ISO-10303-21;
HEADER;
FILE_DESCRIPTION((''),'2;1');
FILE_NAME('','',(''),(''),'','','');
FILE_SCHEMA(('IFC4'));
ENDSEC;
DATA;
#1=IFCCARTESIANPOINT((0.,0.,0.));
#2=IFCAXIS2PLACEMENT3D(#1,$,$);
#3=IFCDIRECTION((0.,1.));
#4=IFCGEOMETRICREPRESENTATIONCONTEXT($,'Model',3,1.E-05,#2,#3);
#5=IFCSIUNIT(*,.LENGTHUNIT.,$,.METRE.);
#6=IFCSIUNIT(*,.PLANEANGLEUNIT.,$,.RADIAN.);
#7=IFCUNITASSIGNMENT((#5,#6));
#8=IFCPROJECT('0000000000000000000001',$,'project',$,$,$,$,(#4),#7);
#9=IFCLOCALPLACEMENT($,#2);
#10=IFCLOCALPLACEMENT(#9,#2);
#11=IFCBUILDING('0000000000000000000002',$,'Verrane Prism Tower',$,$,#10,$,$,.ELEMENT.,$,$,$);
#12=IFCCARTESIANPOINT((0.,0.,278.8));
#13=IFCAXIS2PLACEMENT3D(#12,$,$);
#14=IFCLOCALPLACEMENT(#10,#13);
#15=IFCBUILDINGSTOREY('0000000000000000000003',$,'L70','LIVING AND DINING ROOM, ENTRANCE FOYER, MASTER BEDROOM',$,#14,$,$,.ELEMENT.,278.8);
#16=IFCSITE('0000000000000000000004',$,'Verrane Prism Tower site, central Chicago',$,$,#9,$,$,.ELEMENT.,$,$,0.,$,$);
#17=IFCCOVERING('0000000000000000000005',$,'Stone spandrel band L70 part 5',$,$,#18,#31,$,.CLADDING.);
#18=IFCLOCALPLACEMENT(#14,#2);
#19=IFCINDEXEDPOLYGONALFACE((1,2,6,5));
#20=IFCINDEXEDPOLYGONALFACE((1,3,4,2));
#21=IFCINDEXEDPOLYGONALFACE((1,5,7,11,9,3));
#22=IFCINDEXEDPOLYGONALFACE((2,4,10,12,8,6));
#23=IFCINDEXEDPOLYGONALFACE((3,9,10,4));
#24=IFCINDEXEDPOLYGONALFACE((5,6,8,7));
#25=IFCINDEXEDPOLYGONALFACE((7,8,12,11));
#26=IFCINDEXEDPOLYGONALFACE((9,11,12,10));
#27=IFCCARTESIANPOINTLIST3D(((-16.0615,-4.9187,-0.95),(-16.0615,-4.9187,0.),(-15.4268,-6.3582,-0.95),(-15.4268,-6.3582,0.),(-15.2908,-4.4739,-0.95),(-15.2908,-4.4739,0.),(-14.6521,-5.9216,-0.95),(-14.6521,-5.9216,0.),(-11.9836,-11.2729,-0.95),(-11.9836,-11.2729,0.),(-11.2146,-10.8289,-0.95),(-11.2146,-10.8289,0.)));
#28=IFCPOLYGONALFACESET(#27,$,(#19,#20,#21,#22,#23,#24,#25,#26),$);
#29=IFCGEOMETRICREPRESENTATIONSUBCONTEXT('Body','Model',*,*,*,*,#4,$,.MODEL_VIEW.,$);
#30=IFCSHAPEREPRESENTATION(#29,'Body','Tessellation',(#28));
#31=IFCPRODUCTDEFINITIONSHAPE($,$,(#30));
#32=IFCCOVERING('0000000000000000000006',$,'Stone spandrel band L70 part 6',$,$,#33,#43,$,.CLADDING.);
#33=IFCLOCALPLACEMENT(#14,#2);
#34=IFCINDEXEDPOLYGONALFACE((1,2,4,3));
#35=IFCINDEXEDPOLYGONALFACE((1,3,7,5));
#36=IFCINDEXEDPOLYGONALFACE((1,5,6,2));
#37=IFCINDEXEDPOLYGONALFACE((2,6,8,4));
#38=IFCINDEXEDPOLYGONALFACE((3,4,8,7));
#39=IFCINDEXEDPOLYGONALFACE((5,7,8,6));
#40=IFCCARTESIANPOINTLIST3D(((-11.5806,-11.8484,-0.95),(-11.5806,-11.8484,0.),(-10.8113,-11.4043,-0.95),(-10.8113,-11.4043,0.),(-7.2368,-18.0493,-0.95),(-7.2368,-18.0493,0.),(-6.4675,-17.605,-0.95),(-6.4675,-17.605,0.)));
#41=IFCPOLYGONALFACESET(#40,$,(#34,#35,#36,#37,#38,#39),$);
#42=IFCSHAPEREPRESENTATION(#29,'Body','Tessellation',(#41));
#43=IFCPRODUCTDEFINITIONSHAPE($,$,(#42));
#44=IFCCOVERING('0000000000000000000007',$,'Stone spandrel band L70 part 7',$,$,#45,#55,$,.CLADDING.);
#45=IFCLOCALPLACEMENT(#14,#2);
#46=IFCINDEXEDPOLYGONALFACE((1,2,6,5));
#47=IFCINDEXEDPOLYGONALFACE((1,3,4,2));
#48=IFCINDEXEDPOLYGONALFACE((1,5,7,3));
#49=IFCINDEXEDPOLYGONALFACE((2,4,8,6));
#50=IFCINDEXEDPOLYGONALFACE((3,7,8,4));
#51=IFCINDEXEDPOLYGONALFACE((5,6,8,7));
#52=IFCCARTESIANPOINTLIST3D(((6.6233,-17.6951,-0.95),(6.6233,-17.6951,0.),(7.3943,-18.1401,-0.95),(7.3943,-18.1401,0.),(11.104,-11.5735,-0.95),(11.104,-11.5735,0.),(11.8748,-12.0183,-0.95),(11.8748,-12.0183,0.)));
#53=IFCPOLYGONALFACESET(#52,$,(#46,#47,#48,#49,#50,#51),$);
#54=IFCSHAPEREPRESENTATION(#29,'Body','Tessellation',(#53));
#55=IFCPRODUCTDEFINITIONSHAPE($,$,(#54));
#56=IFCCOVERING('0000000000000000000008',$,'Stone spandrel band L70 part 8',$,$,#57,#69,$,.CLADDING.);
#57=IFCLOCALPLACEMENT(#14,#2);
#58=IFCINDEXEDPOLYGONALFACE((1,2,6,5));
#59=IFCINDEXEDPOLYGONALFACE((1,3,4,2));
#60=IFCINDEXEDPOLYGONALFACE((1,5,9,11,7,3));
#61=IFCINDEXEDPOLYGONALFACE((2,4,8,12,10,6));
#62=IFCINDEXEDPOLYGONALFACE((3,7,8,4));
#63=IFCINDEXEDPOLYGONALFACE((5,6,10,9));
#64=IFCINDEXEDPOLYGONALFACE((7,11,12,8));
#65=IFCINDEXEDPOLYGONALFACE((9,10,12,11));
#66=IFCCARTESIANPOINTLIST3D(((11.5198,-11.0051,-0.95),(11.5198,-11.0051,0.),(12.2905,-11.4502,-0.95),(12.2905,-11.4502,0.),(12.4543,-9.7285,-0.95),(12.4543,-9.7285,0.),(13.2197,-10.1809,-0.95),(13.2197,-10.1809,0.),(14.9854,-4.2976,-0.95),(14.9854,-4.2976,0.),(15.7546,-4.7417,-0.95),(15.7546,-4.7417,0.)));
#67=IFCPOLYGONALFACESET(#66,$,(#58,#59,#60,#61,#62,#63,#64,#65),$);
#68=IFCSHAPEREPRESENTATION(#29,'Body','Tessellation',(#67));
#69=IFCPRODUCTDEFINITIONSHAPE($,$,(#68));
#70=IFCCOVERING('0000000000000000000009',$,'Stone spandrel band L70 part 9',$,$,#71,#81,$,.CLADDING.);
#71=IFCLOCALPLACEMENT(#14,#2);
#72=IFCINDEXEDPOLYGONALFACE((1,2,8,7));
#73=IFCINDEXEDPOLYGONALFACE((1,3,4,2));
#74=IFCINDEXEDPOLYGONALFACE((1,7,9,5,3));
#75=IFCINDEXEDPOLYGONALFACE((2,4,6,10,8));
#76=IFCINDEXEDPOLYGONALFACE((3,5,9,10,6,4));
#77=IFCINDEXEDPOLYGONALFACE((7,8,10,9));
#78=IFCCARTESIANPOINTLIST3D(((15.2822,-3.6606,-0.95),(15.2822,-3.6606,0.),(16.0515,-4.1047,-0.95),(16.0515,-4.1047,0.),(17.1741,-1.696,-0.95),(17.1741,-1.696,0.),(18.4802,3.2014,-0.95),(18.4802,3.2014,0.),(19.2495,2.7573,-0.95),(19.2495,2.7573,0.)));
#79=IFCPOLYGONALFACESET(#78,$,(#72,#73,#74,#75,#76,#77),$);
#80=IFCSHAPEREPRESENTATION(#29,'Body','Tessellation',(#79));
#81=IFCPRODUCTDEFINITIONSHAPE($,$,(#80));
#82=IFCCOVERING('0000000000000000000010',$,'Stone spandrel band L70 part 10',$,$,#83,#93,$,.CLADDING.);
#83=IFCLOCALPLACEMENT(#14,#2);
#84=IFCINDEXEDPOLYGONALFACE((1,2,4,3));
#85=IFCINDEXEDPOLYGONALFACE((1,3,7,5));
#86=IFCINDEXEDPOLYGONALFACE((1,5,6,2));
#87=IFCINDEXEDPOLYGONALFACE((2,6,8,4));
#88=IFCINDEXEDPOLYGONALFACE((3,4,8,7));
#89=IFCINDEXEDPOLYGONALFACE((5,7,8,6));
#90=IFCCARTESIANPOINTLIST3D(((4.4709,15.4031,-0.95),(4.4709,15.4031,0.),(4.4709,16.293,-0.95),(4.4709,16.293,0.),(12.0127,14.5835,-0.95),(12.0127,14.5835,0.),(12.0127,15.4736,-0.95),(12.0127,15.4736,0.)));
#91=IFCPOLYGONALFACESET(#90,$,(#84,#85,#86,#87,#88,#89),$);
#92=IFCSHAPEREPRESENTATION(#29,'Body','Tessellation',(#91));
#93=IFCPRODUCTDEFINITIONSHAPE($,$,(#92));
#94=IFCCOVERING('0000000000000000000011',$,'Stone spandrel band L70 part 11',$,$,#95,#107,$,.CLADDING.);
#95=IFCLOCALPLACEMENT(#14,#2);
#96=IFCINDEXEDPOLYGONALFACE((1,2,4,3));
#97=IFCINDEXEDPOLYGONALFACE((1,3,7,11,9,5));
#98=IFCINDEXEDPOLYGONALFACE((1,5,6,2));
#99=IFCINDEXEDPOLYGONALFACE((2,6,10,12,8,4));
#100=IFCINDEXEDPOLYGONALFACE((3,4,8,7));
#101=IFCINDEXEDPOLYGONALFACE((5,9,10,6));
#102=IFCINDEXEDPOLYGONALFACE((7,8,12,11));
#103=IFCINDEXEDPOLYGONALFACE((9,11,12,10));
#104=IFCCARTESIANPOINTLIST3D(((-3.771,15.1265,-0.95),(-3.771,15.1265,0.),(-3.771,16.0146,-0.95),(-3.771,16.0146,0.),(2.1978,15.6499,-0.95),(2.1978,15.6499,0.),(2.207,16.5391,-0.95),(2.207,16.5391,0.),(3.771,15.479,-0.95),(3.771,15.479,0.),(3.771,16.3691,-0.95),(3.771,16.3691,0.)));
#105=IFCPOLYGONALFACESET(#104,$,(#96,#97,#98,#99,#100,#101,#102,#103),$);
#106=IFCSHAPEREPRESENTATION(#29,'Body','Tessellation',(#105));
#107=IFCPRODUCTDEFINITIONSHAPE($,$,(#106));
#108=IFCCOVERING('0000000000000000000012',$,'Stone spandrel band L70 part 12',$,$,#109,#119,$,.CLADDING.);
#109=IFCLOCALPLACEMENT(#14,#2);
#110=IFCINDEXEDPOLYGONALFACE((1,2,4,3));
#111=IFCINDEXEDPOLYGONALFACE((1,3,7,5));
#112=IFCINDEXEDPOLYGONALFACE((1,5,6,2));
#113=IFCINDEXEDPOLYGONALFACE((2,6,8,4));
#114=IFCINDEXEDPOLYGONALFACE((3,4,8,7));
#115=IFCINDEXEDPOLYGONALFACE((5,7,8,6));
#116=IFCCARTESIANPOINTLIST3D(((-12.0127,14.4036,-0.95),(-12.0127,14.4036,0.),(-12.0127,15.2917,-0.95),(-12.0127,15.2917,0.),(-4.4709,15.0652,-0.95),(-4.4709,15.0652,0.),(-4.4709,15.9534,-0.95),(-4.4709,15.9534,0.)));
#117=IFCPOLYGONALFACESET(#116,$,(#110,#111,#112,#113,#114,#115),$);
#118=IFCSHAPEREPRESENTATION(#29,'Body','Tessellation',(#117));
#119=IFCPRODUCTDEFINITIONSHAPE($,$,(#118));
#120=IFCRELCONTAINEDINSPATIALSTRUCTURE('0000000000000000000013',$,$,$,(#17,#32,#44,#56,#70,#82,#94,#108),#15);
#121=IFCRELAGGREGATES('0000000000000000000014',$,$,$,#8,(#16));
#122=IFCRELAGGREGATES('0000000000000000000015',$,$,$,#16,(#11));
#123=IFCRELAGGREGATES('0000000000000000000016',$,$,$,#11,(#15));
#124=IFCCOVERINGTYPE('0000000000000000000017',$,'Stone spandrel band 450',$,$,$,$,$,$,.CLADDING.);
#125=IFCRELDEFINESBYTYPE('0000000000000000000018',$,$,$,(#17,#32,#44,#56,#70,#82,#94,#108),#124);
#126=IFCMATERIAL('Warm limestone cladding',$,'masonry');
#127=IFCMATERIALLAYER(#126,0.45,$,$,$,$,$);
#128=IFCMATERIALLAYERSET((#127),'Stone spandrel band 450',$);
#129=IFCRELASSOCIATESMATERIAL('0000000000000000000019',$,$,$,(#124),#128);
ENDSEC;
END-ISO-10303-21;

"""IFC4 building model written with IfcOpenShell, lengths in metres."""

from ifc_helpers import new_model, si_unit, direction, frame, origin, place, context, subcontext, project, spatial, polyline, outline, extrude, material, layer, layer_set, type_object, element, save


model = new_model("IFC4")

# Units and contexts
model_context = context("Model", 3, precision=1e-05, world=origin(), true_north=direction((0.0, 1.0)))
body_context = subcontext(model_context, "Body", "Model", "MODEL_VIEW")
ifc_project = project(units=[si_unit("LENGTHUNIT", "METRE"), si_unit("PLANEANGLEUNIT", "RADIAN")], contexts=[model_context])

# Site, building, storey
site_placement = place(None, origin())
site = spatial("IfcSite", under=ifc_project, at=site_placement, Name="Verrane Prism Tower site, central Chicago", CompositionType="ELEMENT", RefElevation=0.0)
building_placement = place(site_placement, origin())
building = spatial("IfcBuilding", under=site, at=building_placement, Name="Verrane Prism Tower", CompositionType="ELEMENT")
storey_placement = place(building_placement, frame((0.0, 0.0, 278.8)))
storey = spatial("IfcBuildingStorey", under=building, at=storey_placement, Name="L70", Description="LIVING AND DINING ROOM, ENTRANCE FOYER, MASTER BEDROOM", CompositionType="ELEMENT", Elevation=278.8)

# Coverings
ifc_material_1 = material(Name="Warm limestone cladding", Category="masonry")
ifc_layer_1 = layer(ifc_material_1, 0.45)
ifc_layer_set_1 = layer_set([ifc_layer_1], Name="Stone spandrel band 450")
covering_type = type_object("IfcCoveringType", Name="Stone spandrel band 450", PredefinedType="CLADDING", material=ifc_layer_set_1)
covering_1_placement = place(storey_placement, frame((0.0, 0.0, -0.95)))
element("IfcCovering", 1, at=covering_1_placement, inside=storey, type_object=covering_type, Name="Stone spandrel band L70 part 5", PredefinedType="CLADDING", context=body_context, shape_type="SweptSolid", body=[
    extrude(outline(polyline([(-11.9836, -11.2729), (-11.2146, -10.8289), (-14.6521, -5.9216), (-15.2908, -4.4739), (-16.0615, -4.9187), (-15.4268, -6.3582), (-11.9836, -11.2729)])), origin(), (0.0, 0.0, 1.0), 0.95),
])
covering_2_placement = place(storey_placement, frame((0.0, 0.0, -0.95)))
element("IfcCovering", 2, at=covering_2_placement, inside=storey, type_object=covering_type, Name="Stone spandrel band L70 part 6", PredefinedType="CLADDING", context=body_context, shape_type="SweptSolid", body=[
    extrude(outline(polyline([(-7.2368, -18.0493), (-6.4675, -17.605), (-10.8113, -11.4043), (-11.5806, -11.8484), (-7.2368, -18.0493)])), origin(), (0.0, 0.0, 1.0), 0.95),
])
covering_3_placement = place(storey_placement, frame((0.0, 0.0, -0.95)))
element("IfcCovering", 3, at=covering_3_placement, inside=storey, type_object=covering_type, Name="Stone spandrel band L70 part 7", PredefinedType="CLADDING", context=body_context, shape_type="SweptSolid", body=[
    extrude(outline(polyline([(11.8748, -12.0183), (11.104, -11.5735), (6.6233, -17.6951), (7.3943, -18.1401), (11.8748, -12.0183)])), origin(), (0.0, 0.0, 1.0), 0.95),
])
covering_4_placement = place(storey_placement, frame((0.0, 0.0, -0.95)))
element("IfcCovering", 4, at=covering_4_placement, inside=storey, type_object=covering_type, Name="Stone spandrel band L70 part 8", PredefinedType="CLADDING", context=body_context, shape_type="SweptSolid", body=[
    extrude(outline(polyline([(14.9854, -4.2976), (12.4543, -9.7285), (11.5198, -11.0051), (12.2905, -11.4502), (13.2197, -10.1809), (15.7546, -4.7417), (14.9854, -4.2976)])), origin(), (0.0, 0.0, 1.0), 0.95),
])
covering_5_placement = place(storey_placement, frame((0.0, 0.0, -0.95)))
element("IfcCovering", 5, at=covering_5_placement, inside=storey, type_object=covering_type, Name="Stone spandrel band L70 part 9", PredefinedType="CLADDING", context=body_context, shape_type="SweptSolid", body=[
    extrude(outline(polyline([(18.4802, 3.2014), (15.2822, -3.6606), (16.0515, -4.1047), (17.1741, -1.696), (19.2495, 2.7573), (18.4802, 3.2014)])), origin(), (0.0, 0.0, 1.0), 0.95),
])
covering_6_placement = place(storey_placement, frame((0.0, 0.0, -0.95)))
element("IfcCovering", 6, at=covering_6_placement, inside=storey, type_object=covering_type, Name="Stone spandrel band L70 part 10", PredefinedType="CLADDING", context=body_context, shape_type="SweptSolid", body=[
    extrude(outline(polyline([(4.4709, 15.4031), (12.0127, 14.5835), (12.0127, 15.4736), (4.4709, 16.293), (4.4709, 15.4031)])), origin(), (0.0, 0.0, 1.0), 0.95),
])
covering_7_placement = place(storey_placement, frame((0.0, 0.0, -0.95)))
element("IfcCovering", 7, at=covering_7_placement, inside=storey, type_object=covering_type, Name="Stone spandrel band L70 part 11", PredefinedType="CLADDING", context=body_context, shape_type="SweptSolid", body=[
    extrude(outline(polyline([(-3.771, 15.1265), (2.1978, 15.6499), (3.771, 15.479), (3.771, 16.3691), (2.207, 16.5391), (-3.771, 16.0146), (-3.771, 15.1265)])), origin(), (0.0, 0.0, 1.0), 0.95),
])
covering_8_placement = place(storey_placement, frame((0.0, 0.0, -0.95)))
element("IfcCovering", 8, at=covering_8_placement, inside=storey, type_object=covering_type, Name="Stone spandrel band L70 part 12", PredefinedType="CLADDING", context=body_context, shape_type="SweptSolid", body=[
    extrude(outline(polyline([(-12.0127, 14.4036), (-4.4709, 15.0652), (-4.4709, 15.9534), (-12.0127, 15.2917), (-12.0127, 14.4036)])), origin(), (0.0, 0.0, 1.0), 0.95),
])

save(model, "model.ifc")
